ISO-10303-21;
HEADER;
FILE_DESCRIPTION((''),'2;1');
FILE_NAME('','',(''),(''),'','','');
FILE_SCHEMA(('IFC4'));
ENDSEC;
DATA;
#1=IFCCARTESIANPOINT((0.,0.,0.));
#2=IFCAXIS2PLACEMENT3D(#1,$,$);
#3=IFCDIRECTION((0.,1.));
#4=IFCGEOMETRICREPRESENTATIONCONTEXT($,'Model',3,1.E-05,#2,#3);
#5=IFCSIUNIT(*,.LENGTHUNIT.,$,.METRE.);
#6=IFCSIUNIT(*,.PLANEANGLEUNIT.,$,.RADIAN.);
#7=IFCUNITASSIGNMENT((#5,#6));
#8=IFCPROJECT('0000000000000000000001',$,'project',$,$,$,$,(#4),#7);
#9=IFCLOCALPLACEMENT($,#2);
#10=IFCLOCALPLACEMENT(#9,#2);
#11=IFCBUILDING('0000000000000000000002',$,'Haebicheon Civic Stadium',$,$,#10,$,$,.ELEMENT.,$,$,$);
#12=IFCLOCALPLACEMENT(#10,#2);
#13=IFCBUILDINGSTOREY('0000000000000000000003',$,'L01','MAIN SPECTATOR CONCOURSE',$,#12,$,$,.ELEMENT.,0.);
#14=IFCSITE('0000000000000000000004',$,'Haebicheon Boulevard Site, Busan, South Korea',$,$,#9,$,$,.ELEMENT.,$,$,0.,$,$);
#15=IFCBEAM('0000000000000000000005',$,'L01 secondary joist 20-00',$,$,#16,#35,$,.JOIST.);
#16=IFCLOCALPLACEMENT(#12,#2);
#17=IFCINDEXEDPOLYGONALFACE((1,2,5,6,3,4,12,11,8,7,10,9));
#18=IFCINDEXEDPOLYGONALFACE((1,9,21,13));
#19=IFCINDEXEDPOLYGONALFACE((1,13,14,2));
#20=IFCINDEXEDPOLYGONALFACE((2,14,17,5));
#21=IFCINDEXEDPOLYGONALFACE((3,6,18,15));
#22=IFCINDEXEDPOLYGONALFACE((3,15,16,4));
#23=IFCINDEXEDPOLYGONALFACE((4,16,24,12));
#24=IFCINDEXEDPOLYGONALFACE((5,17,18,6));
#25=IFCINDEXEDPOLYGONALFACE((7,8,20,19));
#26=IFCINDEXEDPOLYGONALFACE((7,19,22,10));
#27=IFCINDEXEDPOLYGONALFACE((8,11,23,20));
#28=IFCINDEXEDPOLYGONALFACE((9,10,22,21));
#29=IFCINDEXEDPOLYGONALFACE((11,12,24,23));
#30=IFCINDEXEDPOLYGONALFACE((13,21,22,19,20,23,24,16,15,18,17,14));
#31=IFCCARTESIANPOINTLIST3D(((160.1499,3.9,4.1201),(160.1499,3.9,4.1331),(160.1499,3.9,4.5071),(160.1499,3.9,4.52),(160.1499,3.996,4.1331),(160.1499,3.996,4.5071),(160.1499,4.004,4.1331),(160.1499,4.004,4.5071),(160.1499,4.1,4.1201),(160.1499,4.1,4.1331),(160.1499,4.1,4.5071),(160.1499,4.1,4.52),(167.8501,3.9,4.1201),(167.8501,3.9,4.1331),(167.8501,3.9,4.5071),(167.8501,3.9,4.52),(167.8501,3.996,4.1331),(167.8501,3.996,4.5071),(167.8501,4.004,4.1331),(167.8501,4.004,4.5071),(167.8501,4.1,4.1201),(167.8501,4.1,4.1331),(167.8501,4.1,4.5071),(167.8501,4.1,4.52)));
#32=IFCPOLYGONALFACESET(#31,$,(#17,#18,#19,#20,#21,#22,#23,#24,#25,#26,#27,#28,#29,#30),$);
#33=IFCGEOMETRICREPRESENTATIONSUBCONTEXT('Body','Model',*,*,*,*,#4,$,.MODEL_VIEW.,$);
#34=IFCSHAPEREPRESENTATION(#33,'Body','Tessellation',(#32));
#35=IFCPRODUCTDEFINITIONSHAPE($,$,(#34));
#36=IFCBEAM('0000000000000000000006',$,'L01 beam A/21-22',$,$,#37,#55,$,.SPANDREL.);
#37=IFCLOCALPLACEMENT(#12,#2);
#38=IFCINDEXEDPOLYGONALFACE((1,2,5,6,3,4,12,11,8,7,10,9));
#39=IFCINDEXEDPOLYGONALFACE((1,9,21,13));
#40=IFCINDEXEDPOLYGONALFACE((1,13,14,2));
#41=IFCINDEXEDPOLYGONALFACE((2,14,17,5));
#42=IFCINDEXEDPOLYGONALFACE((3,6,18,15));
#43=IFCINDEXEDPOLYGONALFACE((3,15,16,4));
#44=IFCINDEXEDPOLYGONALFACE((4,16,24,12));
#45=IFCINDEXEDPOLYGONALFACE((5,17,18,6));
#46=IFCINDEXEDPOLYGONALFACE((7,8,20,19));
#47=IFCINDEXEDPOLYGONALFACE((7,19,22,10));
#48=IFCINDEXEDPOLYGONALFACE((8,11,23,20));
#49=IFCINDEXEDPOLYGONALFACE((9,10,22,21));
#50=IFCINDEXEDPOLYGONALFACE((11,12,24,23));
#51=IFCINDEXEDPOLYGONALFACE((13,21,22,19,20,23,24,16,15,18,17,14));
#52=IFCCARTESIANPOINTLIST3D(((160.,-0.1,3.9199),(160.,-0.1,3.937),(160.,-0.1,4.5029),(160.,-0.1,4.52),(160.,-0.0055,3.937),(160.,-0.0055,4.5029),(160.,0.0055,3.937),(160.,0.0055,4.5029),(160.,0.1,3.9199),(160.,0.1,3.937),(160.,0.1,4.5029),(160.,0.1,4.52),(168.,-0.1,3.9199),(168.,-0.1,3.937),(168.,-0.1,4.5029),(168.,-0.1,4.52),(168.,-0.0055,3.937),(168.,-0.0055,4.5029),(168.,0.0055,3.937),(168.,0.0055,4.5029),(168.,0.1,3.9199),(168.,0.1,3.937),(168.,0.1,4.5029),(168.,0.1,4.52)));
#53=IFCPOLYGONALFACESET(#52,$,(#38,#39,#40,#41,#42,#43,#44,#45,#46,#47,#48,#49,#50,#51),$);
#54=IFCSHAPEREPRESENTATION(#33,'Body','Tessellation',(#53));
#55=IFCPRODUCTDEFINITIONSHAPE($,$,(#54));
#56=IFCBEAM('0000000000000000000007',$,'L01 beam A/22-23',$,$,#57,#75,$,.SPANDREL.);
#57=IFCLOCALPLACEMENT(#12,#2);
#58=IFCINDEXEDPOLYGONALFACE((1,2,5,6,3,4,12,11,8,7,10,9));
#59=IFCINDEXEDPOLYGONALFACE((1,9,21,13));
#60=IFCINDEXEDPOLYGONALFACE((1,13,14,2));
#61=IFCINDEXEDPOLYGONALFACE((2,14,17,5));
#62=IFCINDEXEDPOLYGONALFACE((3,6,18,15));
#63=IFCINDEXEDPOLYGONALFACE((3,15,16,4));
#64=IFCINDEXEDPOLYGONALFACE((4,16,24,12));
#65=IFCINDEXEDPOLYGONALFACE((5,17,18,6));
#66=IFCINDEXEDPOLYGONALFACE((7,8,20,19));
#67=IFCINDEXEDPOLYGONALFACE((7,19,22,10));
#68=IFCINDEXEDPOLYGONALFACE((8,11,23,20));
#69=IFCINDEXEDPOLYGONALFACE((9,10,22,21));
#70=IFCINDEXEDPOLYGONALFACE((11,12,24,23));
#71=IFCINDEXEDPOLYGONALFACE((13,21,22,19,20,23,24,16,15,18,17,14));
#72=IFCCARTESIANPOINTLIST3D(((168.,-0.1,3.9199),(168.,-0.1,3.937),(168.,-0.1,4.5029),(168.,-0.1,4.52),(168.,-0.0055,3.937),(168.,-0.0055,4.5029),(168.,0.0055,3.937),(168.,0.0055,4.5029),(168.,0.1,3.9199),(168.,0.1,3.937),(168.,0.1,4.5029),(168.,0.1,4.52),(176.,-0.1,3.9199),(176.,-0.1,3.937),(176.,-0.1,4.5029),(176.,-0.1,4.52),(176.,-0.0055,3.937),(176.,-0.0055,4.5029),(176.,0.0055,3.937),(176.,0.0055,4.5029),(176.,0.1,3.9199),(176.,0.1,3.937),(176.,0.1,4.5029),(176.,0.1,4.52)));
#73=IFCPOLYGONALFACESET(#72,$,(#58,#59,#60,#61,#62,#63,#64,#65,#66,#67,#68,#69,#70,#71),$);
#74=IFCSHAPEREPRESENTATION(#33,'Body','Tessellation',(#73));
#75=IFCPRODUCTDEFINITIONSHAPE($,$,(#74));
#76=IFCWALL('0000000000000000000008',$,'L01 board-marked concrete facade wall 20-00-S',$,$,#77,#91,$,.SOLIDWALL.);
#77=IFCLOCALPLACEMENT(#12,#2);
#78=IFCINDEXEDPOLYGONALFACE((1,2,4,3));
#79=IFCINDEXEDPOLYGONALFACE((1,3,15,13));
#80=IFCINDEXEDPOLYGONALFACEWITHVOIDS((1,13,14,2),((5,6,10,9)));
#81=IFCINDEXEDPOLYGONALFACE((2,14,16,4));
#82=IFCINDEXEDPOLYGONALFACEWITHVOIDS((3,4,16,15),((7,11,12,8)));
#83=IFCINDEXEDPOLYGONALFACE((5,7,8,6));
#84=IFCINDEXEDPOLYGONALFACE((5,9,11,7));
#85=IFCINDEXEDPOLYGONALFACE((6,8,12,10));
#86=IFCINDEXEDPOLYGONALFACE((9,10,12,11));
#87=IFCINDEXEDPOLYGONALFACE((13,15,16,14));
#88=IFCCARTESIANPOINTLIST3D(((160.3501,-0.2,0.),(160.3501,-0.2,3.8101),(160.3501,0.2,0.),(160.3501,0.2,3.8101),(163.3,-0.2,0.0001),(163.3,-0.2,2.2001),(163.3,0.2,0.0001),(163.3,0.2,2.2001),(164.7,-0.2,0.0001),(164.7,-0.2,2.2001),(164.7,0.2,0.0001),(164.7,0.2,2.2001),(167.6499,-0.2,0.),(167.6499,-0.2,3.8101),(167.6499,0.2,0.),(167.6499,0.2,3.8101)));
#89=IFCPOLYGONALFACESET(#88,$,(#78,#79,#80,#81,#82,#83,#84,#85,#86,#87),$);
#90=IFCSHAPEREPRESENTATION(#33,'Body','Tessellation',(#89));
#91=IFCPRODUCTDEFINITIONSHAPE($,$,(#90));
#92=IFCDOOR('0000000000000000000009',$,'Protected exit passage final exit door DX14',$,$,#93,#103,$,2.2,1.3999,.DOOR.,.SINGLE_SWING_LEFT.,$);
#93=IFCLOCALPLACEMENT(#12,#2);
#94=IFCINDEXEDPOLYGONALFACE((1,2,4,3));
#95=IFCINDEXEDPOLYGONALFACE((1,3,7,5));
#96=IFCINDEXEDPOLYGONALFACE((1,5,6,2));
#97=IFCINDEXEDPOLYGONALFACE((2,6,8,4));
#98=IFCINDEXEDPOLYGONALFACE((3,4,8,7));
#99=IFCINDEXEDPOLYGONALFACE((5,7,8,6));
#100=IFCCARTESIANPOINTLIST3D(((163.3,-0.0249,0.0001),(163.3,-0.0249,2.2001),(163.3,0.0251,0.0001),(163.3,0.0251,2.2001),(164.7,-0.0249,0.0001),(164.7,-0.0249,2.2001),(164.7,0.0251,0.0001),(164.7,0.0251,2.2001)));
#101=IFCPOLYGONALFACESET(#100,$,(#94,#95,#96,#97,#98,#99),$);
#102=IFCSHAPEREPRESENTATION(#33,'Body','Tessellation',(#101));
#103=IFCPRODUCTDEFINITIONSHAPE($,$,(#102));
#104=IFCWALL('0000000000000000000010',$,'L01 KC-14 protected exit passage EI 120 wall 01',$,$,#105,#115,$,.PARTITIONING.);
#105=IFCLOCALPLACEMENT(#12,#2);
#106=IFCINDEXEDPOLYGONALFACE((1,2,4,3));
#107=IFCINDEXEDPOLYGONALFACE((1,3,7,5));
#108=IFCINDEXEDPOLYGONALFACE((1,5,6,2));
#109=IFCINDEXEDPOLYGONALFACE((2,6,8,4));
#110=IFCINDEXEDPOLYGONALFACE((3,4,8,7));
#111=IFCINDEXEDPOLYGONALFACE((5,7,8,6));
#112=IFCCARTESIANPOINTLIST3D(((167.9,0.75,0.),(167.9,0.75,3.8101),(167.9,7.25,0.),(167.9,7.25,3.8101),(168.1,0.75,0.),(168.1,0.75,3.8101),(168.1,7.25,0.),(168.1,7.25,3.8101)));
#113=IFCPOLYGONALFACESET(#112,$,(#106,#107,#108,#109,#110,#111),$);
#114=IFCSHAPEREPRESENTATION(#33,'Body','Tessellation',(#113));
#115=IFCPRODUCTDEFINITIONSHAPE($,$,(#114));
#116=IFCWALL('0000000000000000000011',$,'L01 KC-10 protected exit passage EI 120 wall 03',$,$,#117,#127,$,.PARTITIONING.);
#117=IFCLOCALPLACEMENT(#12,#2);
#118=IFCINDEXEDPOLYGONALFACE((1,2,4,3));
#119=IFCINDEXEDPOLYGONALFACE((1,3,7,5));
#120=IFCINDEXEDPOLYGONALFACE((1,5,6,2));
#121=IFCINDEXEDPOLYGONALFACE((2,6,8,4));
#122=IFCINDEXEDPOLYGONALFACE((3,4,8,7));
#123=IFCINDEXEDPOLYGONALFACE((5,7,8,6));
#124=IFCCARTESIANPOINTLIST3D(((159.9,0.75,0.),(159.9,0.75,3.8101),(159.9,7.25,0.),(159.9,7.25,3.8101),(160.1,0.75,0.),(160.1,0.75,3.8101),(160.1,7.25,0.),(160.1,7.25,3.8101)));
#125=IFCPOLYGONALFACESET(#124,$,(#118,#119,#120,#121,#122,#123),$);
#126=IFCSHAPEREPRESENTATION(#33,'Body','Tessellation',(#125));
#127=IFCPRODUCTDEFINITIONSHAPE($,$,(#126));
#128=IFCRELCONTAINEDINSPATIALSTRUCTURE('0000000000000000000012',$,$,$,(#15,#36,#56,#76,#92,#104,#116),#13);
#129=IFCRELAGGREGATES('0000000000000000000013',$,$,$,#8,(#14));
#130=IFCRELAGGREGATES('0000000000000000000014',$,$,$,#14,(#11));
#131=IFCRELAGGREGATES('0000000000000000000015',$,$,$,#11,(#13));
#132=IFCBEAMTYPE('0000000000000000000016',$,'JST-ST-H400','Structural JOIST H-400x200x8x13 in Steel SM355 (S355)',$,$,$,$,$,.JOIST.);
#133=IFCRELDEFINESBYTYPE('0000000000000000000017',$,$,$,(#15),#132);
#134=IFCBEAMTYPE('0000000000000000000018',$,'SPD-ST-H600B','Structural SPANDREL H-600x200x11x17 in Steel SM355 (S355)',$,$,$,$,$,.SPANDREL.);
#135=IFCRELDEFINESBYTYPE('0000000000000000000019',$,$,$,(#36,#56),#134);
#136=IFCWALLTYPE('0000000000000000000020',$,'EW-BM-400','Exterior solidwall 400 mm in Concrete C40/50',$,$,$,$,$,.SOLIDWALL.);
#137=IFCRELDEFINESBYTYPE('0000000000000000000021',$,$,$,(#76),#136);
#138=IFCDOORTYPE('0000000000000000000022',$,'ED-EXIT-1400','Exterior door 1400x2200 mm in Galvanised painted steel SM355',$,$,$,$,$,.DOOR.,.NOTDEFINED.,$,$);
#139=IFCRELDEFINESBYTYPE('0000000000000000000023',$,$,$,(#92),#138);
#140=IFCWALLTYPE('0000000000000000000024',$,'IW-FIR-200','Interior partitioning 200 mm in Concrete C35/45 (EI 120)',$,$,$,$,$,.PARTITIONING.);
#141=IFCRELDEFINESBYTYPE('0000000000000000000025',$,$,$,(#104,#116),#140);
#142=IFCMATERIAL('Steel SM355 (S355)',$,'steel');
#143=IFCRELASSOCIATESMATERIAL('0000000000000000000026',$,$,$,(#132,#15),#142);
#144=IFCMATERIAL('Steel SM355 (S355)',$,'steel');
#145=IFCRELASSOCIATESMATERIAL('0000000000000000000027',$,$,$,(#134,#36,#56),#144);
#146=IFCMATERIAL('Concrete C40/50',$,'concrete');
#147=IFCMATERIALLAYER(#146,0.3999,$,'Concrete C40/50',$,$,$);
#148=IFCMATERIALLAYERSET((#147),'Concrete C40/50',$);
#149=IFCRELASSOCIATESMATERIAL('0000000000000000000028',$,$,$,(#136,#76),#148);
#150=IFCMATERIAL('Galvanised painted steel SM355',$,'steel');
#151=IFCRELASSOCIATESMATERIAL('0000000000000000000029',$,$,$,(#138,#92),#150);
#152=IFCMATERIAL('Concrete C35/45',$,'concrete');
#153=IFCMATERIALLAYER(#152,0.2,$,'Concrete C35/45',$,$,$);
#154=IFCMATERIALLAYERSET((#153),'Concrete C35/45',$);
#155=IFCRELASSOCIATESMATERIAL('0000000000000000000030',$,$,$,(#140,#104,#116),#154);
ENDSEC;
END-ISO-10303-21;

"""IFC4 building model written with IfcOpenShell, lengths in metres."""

from ifc_helpers import new_model, si_unit, direction, frame, frame_2d, origin, origin_2d, place, context, subcontext, project, spatial, rectangle, i_section, extrude, material, layer, layer_set, material_profile, profile_set, type_object, element, fill, save


model = new_model("IFC4")

# Units and contexts
model_context = context("Model", 3, precision=1e-05, world=origin(), true_north=direction((0.0, 1.0)))
body_context = subcontext(model_context, "Body", "Model", "MODEL_VIEW")
ifc_project = project(units=[si_unit("LENGTHUNIT", "METRE"), si_unit("PLANEANGLEUNIT", "RADIAN")], contexts=[model_context])

# Site, building, storey
site_placement = place(None, origin())
site = spatial("IfcSite", under=ifc_project, at=site_placement, Name="Haebicheon Boulevard Site, Busan, South Korea", CompositionType="ELEMENT", RefElevation=0.0)
building_placement = place(site_placement, origin())
building = spatial("IfcBuilding", under=site, at=building_placement, Name="Haebicheon Civic Stadium", CompositionType="ELEMENT")
storey_placement = place(building_placement, origin())
storey = spatial("IfcBuildingStorey", under=building, at=storey_placement, Name="L01", Description="MAIN SPECTATOR CONCOURSE", CompositionType="ELEMENT", Elevation=0.0)

# Beams
ifc_material_1 = material(Name="Steel SM355 (S355)", Category="steel")
ifc_material_profile_1 = material_profile(ifc_material_1, i_section(OverallWidth=0.2, OverallDepth=0.3999, WebThickness=0.0081, FlangeThickness=0.0129, at=origin_2d()), Name="H-400x200x8x13")
ifc_profile_set_1 = profile_set([ifc_material_profile_1], Name="Steel SM355 (S355)")
beam_type_1 = type_object("IfcBeamType", Name="JST-ST-H400", Description="Structural JOIST H-400x200x8x13 in Steel SM355 (S355)", PredefinedType="JOIST", material=ifc_profile_set_1)
for number, where, z_axis, x_axis, name in (
    (1, (160.1499, 4.0, 4.3201), (1.0, 0.0, 0.0), (0.0, 1.0, 0.0), "L01 secondary joist 20-00"),
):
    element("IfcBeam", number, at=place(storey_placement, frame(where, z_axis=z_axis, x_axis=x_axis)), inside=storey, type_object=beam_type_1, material=ifc_profile_set_1, Name=name, PredefinedType="JOIST", context=body_context, shape_type="SweptSolid", body=[
        extrude(i_section(OverallWidth=0.2, OverallDepth=0.3999, WebThickness=0.0081, FlangeThickness=0.0129, at=origin_2d()), origin(), (0.0, 0.0, 1.0), 7.7002),
    ])
ifc_material_2 = material(Name="Steel SM355 (S355)", Category="steel")
ifc_material_profile_2 = material_profile(ifc_material_2, i_section(OverallWidth=0.2, OverallDepth=0.6001, WebThickness=0.011, FlangeThickness=0.0171, at=origin_2d()), Name="H-600x200x11x17")
ifc_profile_set_2 = profile_set([ifc_material_profile_2], Name="Steel SM355 (S355)")
beam_type_2 = type_object("IfcBeamType", Name="SPD-ST-H600B", Description="Structural SPANDREL H-600x200x11x17 in Steel SM355 (S355)", PredefinedType="SPANDREL", material=ifc_profile_set_2)
for number, where, z_axis, x_axis, name in (
    (2, (160.0, 0.0, 4.22), (1.0, 0.0, 0.0), (0.0, 1.0, 0.0), "L01 beam A/21-22"),
    (3, (168.0, 0.0, 4.22), (1.0, 0.0, 0.0), (0.0, 1.0, 0.0), "L01 beam A/22-23"),
):
    element("IfcBeam", number, at=place(storey_placement, frame(where, z_axis=z_axis, x_axis=x_axis)), inside=storey, type_object=beam_type_2, material=ifc_profile_set_2, Name=name, PredefinedType="SPANDREL", context=body_context, shape_type="SweptSolid", body=[
        extrude(i_section(OverallWidth=0.2, OverallDepth=0.6001, WebThickness=0.011, FlangeThickness=0.0171, at=origin_2d()), origin(), (0.0, 0.0, 1.0), 8.0),
    ])

# Wall, opening, door
ifc_material_3 = material(Name="Concrete C40/50", Category="concrete")
ifc_layer_1 = layer(ifc_material_3, 0.3999, Name="Concrete C40/50")
ifc_layer_set_1 = layer_set([ifc_layer_1], Name="Concrete C40/50")
wall_type_1 = type_object("IfcWallType", Name="EW-BM-400", Description="Exterior solidwall 400 mm in Concrete C40/50", PredefinedType="SOLIDWALL", material=ifc_layer_set_1)
wall_1_placement = place(storey_placement, frame((167.6499, 0.0, 0.0), z_axis=(0.0, 0.0, 1.0), x_axis=(-1.0, 0.0, 0.0)))
wall_1 = element("IfcWall", 4, at=wall_1_placement, inside=storey, type_object=wall_type_1, material=ifc_layer_set_1, Name="L01 board-marked concrete facade wall 20-00-S", PredefinedType="SOLIDWALL", context=body_context, shape_type="SweptSolid", body=[
    extrude(rectangle(XDim=7.2998, YDim=0.3999, at=frame_2d((3.6499, 0.0))), origin(), (0.0, 0.0, 1.0), 3.8101),
])
opening_1_placement = place(wall_1_placement, frame((2.95, 0.0, 0.0)))
opening_1 = element("IfcOpeningElement", 5, at=opening_1_placement, cuts=wall_1, PredefinedType="OPENING", context=body_context, shape_type="SweptSolid", body=[
    extrude(rectangle(XDim=1.3999, YDim=2.2, at=frame_2d((0.7, 1.1001))), frame((0.0, 0.21, 0.0), z_axis=(0.0, -1.0, 0.0), x_axis=(1.0, 0.0, 0.0)), (0.0, 0.0, 1.0), 0.4199),
])
ifc_material_4 = material(Name="Galvanised painted steel SM355", Category="steel")
door_type_1 = type_object("IfcDoorType", Name="ED-EXIT-1400", Description="Exterior door 1400x2200 mm in Galvanised painted steel SM355", OperationType="NOTDEFINED", PredefinedType="DOOR", material=ifc_material_4)
door_1_placement = place(opening_1_placement, origin())
door_1 = element("IfcDoor", 6, at=door_1_placement, inside=storey, type_object=door_type_1, material=ifc_material_4, Name="Protected exit passage final exit door DX14", OperationType="SINGLE_SWING_LEFT", OverallHeight=2.2, OverallWidth=1.3999, PredefinedType="DOOR", context=body_context, shape_type="SweptSolid", body=[
    extrude(rectangle(XDim=1.3999, YDim=2.2, at=frame_2d((0.7, 1.1001))), frame((0.0, 0.0249, 0.0), z_axis=(0.0, -1.0, 0.0), x_axis=(1.0, 0.0, 0.0)), (0.0, 0.0, 1.0), 0.05),
])
fill(opening_1, door_1)

# Walls
ifc_material_5 = material(Name="Concrete C35/45", Category="concrete")
ifc_layer_2 = layer(ifc_material_5, 0.2, Name="Concrete C35/45")
ifc_layer_set_2 = layer_set([ifc_layer_2], Name="Concrete C35/45")
wall_type_2 = type_object("IfcWallType", Name="IW-FIR-200", Description="Interior partitioning 200 mm in Concrete C35/45 (EI 120)", PredefinedType="PARTITIONING", material=ifc_layer_set_2)
for number, where, z_axis, x_axis, name in (
    (7, (168.0, 0.75, 0.0), (0.0, 0.0, 1.0), (0.0, 1.0, 0.0), "L01 KC-14 protected exit passage EI 120 wall 01"),
    (8, (160.0, 0.75, 0.0), (0.0, 0.0, 1.0), (0.0, 1.0, 0.0), "L01 KC-10 protected exit passage EI 120 wall 03"),
):
    element("IfcWall", number, at=place(storey_placement, frame(where, z_axis=z_axis, x_axis=x_axis)), inside=storey, type_object=wall_type_2, material=ifc_layer_set_2, Name=name, PredefinedType="PARTITIONING", context=body_context, shape_type="SweptSolid", body=[
        extrude(rectangle(XDim=6.5, YDim=0.2, at=frame_2d((3.25, 0.0))), origin(), (0.0, 0.0, 1.0), 3.8101),
    ])

save(model, "model.ifc")
